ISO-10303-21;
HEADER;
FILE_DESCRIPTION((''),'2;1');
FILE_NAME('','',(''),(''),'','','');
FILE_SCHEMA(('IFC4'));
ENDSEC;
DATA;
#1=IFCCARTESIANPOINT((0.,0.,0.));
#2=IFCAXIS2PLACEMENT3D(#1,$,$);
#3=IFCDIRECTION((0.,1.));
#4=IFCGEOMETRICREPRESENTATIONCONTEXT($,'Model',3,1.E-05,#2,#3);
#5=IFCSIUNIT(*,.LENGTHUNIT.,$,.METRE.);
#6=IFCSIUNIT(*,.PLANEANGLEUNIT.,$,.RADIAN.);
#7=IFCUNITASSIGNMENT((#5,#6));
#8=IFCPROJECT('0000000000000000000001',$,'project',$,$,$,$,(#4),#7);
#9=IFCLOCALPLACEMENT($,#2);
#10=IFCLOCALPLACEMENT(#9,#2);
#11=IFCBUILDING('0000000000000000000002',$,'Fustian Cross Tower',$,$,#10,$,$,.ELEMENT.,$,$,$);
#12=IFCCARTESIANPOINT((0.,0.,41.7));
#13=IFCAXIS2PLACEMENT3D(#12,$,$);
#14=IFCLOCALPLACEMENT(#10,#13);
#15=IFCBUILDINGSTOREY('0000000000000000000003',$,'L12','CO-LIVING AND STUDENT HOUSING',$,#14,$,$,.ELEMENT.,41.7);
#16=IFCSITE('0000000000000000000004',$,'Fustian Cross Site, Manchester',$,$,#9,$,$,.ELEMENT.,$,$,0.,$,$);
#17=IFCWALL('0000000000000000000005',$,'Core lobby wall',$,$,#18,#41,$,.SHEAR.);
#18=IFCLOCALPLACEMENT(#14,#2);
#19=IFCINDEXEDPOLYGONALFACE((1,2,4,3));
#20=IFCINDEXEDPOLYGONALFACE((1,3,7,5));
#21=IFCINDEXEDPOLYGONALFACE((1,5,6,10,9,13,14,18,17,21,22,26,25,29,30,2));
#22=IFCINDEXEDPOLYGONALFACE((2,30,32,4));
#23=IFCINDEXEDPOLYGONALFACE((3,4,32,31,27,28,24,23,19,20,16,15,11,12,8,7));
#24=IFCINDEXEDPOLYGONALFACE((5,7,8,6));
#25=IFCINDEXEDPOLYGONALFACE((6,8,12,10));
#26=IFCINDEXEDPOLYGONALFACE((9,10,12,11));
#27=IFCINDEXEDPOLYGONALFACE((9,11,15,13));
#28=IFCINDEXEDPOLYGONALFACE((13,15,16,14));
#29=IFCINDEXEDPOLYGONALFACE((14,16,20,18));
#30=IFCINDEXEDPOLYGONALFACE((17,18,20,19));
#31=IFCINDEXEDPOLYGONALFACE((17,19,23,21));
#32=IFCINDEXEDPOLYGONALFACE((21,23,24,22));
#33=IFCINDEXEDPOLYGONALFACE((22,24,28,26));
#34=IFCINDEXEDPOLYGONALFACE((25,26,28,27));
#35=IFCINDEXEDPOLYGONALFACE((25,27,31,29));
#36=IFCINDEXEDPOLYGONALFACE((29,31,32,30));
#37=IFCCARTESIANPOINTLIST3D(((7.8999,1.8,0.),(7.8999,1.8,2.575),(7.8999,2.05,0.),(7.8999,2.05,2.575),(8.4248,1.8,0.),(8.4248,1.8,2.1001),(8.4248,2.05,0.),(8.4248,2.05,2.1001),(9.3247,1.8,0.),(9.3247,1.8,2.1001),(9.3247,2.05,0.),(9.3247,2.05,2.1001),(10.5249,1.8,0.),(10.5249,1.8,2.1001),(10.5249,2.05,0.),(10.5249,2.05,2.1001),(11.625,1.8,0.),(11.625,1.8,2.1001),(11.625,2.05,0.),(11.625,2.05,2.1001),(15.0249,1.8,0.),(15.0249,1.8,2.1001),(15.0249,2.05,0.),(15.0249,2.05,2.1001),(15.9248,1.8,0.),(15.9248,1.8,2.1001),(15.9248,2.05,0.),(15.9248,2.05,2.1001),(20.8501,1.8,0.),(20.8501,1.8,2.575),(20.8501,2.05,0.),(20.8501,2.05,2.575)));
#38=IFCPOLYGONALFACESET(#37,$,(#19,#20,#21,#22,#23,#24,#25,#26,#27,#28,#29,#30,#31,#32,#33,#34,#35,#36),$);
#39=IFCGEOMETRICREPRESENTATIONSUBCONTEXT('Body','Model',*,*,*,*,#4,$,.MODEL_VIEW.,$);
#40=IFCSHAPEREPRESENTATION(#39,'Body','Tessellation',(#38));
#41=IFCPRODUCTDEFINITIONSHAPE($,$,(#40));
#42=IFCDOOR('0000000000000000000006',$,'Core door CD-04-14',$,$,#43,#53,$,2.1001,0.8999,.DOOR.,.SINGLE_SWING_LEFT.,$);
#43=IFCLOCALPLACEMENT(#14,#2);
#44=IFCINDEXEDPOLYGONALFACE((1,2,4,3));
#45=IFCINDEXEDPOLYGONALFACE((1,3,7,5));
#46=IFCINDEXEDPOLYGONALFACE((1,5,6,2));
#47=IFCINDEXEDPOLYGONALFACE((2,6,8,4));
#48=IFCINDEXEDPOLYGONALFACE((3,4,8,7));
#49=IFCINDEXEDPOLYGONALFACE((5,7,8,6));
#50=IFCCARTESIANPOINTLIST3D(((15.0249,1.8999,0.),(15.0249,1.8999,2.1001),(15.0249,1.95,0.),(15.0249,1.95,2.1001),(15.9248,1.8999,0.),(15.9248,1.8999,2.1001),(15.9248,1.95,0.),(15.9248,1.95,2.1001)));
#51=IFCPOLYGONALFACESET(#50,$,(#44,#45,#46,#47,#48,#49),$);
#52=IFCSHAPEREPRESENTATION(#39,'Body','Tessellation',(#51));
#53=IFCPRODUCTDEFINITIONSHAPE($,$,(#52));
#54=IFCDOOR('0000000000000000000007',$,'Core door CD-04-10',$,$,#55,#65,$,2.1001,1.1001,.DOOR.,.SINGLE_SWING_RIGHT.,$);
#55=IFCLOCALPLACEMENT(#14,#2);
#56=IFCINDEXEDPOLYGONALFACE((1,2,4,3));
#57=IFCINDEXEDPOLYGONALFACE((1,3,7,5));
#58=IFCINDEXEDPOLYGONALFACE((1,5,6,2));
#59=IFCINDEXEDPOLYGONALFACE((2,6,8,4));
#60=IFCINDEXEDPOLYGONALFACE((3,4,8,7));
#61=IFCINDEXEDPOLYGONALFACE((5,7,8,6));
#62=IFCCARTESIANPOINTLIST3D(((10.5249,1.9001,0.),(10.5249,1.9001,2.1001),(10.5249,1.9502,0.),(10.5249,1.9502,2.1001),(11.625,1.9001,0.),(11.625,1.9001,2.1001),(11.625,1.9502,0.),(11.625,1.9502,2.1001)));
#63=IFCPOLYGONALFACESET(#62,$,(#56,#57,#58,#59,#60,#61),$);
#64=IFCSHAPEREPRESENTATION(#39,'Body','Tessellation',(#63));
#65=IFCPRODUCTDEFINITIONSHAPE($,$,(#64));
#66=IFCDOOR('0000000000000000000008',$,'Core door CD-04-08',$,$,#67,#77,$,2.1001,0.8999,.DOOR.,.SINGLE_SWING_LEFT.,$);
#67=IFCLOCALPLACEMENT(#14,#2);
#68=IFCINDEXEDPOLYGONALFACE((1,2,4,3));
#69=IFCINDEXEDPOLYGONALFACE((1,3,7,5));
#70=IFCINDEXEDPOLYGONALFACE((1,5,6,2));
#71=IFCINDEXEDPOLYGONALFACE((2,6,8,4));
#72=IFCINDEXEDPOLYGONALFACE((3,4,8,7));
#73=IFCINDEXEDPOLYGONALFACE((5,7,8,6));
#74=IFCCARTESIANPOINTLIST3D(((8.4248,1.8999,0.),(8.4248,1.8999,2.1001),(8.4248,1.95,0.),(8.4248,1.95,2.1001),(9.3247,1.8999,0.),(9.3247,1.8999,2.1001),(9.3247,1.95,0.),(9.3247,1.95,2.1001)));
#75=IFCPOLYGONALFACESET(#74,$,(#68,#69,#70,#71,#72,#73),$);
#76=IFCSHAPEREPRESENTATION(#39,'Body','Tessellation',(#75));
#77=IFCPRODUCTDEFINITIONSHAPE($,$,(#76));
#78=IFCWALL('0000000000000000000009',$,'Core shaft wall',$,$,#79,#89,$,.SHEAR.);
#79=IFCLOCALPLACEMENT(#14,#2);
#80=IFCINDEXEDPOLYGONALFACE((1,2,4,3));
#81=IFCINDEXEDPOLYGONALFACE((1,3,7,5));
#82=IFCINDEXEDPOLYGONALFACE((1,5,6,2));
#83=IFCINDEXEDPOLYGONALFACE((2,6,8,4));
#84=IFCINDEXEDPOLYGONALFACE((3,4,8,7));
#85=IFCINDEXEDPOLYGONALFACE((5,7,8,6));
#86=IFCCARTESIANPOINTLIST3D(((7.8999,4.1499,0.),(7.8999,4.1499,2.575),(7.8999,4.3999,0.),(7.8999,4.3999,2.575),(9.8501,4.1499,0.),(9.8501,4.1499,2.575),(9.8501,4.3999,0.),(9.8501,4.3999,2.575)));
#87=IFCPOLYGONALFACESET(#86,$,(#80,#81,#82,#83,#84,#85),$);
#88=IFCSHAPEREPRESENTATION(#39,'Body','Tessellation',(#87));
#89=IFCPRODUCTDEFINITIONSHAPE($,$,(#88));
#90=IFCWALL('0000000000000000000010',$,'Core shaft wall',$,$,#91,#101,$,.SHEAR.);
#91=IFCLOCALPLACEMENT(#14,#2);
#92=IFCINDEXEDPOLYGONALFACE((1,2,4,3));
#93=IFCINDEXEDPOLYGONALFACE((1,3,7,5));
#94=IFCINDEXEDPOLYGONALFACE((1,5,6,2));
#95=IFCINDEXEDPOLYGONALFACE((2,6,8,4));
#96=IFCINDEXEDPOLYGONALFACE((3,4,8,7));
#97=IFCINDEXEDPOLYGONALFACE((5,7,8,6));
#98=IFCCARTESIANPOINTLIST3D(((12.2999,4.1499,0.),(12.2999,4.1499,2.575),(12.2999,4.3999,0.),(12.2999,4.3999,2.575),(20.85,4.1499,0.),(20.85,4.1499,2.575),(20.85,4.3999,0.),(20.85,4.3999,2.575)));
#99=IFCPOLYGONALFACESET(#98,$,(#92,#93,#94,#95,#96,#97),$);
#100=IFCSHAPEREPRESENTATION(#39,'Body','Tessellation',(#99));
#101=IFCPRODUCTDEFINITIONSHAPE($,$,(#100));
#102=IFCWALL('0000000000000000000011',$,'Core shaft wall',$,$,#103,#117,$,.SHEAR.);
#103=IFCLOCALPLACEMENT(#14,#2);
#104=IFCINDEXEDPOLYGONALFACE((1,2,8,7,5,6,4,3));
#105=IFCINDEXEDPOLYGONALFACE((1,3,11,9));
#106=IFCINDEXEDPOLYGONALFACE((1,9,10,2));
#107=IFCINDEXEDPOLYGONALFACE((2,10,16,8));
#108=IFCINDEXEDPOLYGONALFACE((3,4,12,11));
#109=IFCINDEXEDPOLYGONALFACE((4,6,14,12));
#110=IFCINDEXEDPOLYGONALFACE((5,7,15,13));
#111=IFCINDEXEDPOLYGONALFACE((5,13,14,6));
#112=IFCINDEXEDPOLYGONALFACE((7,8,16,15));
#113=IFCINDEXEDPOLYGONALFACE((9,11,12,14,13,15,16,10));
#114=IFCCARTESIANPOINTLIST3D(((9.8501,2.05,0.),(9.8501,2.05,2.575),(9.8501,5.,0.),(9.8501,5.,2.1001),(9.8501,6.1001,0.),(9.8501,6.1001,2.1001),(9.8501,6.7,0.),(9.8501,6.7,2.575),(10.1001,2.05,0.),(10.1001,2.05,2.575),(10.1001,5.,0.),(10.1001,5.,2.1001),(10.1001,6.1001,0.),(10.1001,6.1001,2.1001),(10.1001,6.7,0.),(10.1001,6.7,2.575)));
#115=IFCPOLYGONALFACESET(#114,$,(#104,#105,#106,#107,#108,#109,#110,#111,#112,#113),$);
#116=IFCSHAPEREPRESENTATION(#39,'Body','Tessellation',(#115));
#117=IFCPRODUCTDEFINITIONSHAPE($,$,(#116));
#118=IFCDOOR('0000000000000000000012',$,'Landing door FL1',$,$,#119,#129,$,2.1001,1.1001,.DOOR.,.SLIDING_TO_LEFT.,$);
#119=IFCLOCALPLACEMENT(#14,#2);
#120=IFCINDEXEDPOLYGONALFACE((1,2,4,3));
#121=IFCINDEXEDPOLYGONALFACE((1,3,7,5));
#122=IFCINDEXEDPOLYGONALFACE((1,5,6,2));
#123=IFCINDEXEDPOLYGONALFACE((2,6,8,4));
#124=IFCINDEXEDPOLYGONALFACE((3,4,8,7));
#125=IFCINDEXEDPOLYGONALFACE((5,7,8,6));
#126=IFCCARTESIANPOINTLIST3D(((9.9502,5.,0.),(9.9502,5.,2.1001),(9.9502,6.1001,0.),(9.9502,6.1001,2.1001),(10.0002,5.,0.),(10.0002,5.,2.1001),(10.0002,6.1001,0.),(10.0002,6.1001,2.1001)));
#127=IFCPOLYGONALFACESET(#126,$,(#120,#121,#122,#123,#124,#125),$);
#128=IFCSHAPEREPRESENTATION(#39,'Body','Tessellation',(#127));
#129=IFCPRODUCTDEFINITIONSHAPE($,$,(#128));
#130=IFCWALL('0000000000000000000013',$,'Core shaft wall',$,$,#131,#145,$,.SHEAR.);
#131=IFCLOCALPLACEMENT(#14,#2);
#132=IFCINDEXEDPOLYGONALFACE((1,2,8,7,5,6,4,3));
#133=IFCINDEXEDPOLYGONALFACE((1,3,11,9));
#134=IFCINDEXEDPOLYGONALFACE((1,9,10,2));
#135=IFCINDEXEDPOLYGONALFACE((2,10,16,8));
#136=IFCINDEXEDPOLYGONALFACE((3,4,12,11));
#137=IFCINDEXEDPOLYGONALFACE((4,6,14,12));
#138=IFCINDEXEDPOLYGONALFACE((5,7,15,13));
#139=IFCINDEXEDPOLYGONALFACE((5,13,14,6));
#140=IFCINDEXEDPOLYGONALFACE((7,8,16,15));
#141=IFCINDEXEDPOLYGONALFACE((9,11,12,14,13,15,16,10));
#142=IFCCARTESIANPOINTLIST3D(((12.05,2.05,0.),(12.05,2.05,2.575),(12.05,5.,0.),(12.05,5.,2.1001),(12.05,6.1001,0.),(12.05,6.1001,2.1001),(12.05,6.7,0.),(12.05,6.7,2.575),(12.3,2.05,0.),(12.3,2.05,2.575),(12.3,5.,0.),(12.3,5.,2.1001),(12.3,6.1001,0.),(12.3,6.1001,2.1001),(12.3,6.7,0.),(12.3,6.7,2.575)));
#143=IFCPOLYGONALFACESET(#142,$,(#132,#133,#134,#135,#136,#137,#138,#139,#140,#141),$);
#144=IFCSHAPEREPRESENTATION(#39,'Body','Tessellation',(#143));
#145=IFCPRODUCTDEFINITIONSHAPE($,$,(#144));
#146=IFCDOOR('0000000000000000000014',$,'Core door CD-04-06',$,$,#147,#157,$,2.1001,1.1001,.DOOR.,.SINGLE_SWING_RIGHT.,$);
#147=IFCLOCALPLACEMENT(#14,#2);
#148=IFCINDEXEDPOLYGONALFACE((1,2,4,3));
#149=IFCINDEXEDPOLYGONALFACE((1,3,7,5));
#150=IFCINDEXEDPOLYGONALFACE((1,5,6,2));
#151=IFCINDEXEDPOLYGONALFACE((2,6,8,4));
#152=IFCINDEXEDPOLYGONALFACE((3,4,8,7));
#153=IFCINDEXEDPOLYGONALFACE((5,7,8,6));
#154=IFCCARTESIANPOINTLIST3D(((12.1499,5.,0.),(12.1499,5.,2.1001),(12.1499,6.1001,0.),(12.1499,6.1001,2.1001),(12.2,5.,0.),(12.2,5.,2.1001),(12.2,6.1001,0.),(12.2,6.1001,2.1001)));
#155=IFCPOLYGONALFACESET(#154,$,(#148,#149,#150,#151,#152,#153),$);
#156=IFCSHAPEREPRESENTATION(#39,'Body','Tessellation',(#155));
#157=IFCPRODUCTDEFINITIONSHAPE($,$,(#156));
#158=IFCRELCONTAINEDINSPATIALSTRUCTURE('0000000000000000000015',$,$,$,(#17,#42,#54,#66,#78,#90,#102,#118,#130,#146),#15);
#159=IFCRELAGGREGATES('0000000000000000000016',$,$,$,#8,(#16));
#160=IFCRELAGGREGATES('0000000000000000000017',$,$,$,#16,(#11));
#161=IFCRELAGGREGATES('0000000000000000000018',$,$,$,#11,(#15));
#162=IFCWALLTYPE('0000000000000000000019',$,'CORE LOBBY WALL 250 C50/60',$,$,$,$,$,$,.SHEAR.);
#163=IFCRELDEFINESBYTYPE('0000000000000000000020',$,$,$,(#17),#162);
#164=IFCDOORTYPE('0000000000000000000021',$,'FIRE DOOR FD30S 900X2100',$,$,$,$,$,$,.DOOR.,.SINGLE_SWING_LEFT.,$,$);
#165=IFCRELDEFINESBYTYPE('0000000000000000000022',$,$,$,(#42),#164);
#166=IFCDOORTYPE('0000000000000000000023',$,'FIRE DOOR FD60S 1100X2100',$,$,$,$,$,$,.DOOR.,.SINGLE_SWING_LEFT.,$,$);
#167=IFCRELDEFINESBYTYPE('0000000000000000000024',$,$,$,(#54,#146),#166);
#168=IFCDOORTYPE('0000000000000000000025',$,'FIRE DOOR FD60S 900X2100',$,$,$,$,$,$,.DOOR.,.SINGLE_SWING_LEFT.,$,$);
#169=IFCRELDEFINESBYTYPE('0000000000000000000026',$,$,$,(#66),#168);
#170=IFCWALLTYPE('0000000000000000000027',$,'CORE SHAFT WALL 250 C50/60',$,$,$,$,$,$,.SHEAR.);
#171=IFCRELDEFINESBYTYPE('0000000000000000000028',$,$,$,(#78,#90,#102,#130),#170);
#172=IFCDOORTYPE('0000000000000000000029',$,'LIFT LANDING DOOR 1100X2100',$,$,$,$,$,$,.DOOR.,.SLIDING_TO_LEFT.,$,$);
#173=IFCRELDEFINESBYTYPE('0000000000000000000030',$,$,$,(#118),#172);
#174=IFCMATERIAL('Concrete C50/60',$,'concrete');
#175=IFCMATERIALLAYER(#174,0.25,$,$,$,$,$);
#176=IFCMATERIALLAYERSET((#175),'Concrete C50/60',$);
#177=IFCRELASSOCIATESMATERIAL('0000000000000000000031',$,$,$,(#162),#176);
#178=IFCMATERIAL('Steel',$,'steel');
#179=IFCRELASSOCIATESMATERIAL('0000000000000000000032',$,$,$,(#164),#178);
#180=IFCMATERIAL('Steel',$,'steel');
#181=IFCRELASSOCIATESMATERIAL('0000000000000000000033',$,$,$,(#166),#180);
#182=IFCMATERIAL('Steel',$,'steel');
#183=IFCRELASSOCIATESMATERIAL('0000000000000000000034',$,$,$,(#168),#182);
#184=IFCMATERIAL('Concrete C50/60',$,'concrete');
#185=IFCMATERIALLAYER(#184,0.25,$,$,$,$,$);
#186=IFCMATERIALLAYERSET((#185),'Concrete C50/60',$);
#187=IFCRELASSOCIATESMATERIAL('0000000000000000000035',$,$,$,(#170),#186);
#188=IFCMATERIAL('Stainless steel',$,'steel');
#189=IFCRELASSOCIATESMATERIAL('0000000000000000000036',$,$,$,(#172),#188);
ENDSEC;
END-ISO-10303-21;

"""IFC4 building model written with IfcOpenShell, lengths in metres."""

from ifc_helpers import new_model, si_unit, direction, frame, frame_2d, origin, place, context, subcontext, project, spatial, rectangle, extrude, material, layer, layer_set, type_object, element, fill, save


model = new_model("IFC4")

# Units and contexts
model_context = context("Model", 3, precision=1e-05, world=origin(), true_north=direction((0.0, 1.0)))
body_context = subcontext(model_context, "Body", "Model", "MODEL_VIEW")
ifc_project = project(units=[si_unit("LENGTHUNIT", "METRE"), si_unit("PLANEANGLEUNIT", "RADIAN")], contexts=[model_context])

# Site, building, storey
site_placement = place(None, origin())
site = spatial("IfcSite", under=ifc_project, at=site_placement, Name="Fustian Cross Site, Manchester", CompositionType="ELEMENT", RefElevation=0.0)
building_placement = place(site_placement, origin())
building = spatial("IfcBuilding", under=site, at=building_placement, Name="Fustian Cross Tower", CompositionType="ELEMENT")
storey_placement = place(building_placement, frame((0.0, 0.0, 41.7)))
storey = spatial("IfcBuildingStorey", under=building, at=storey_placement, Name="L12", Description="CO-LIVING AND STUDENT HOUSING", CompositionType="ELEMENT", Elevation=41.7)

# Wall, openings, doors
ifc_material_1 = material(Name="Concrete C50/60", Category="concrete")
ifc_layer_1 = layer(ifc_material_1, 0.25)
ifc_layer_set_1 = layer_set([ifc_layer_1], Name="Concrete C50/60")
wall_type_1 = type_object("IfcWallType", Name="CORE LOBBY WALL 250 C50/60", PredefinedType="SHEAR", material=ifc_layer_set_1)
wall_1_placement = place(storey_placement, frame((7.8999, 1.925, 0.0), z_axis=(0.0, 0.0, 1.0), x_axis=(1.0, 0.0, 0.0)))
wall_1 = element("IfcWall", 1, at=wall_1_placement, inside=storey, type_object=wall_type_1, Name="Core lobby wall", PredefinedType="SHEAR", context=body_context, shape_type="SweptSolid", body=[
    extrude(rectangle(XDim=12.9502, YDim=0.25, at=frame_2d((6.4751, 0.0))), origin(), (0.0, 0.0, 1.0), 2.575),
])
opening_1_placement = place(wall_1_placement, frame((0.5249, 0.0, 0.0)))
opening_1 = element("IfcOpeningElement", 2, at=opening_1_placement, cuts=wall_1, PredefinedType="OPENING", context=body_context, shape_type="SweptSolid", body=[
    extrude(rectangle(XDim=0.8999, YDim=2.1001, at=frame_2d((0.45, 1.05))), frame((0.0, 0.135, 0.0), z_axis=(0.0, -1.0, 0.0), x_axis=(1.0, 0.0, 0.0)), (0.0, 0.0, 1.0), 0.27),
])
opening_2_placement = place(wall_1_placement, frame((2.625, 0.0, 0.0)))
opening_2 = element("IfcOpeningElement", 3, at=opening_2_placement, cuts=wall_1, PredefinedType="OPENING", context=body_context, shape_type="SweptSolid", body=[
    extrude(rectangle(XDim=1.1001, YDim=2.1001, at=frame_2d((0.55, 1.05))), frame((0.0, 0.135, 0.0), z_axis=(0.0, -1.0, 0.0), x_axis=(1.0, 0.0, 0.0)), (0.0, 0.0, 1.0), 0.27),
])
opening_3_placement = place(wall_1_placement, frame((7.125, 0.0, 0.0)))
opening_3 = element("IfcOpeningElement", 4, at=opening_3_placement, cuts=wall_1, PredefinedType="OPENING", context=body_context, shape_type="SweptSolid", body=[
    extrude(rectangle(XDim=0.8999, YDim=2.1001, at=frame_2d((0.45, 1.05))), frame((0.0, 0.135, 0.0), z_axis=(0.0, -1.0, 0.0), x_axis=(1.0, 0.0, 0.0)), (0.0, 0.0, 1.0), 0.27),
])
ifc_material_2 = material(Name="Steel", Category="steel")
door_type_1 = type_object("IfcDoorType", Name="FIRE DOOR FD30S 900X2100", OperationType="SINGLE_SWING_LEFT", PredefinedType="DOOR", material=ifc_material_2)
door_1_placement = place(opening_3_placement, origin())
door_1 = element("IfcDoor", 5, at=door_1_placement, inside=storey, type_object=door_type_1, Name="Core door CD-04-14", OperationType="SINGLE_SWING_LEFT", OverallHeight=2.1001, OverallWidth=0.8999, PredefinedType="DOOR", context=body_context, shape_type="SweptSolid", body=[
    extrude(rectangle(XDim=0.8999, YDim=2.1001, at=frame_2d((0.45, 1.05))), frame((0.0, 0.0249, 0.0), z_axis=(0.0, -1.0, 0.0), x_axis=(1.0, 0.0, 0.0)), (0.0, 0.0, 1.0), 0.05),
])
fill(opening_3, door_1)
ifc_material_3 = material(Name="Steel", Category="steel")
door_type_2 = type_object("IfcDoorType", Name="FIRE DOOR FD60S 1100X2100", OperationType="SINGLE_SWING_LEFT", PredefinedType="DOOR", material=ifc_material_3)
door_2_placement = place(opening_2_placement, frame((1.1001, 0.0, 0.0), z_axis=(0.0, 0.0, 1.0), x_axis=(-1.0, 0.0, 0.0)))
door_2 = element("IfcDoor", 6, at=door_2_placement, inside=storey, type_object=door_type_2, Name="Core door CD-04-10", OperationType="SINGLE_SWING_RIGHT", OverallHeight=2.1001, OverallWidth=1.1001, PredefinedType="DOOR", context=body_context, shape_type="SweptSolid", body=[
    extrude(rectangle(XDim=1.1001, YDim=2.1001, at=frame_2d((0.55, 1.05))), frame((0.0, 0.0249, 0.0), z_axis=(0.0, -1.0, 0.0), x_axis=(1.0, 0.0, 0.0)), (0.0, 0.0, 1.0), 0.05),
])
fill(opening_2, door_2)
ifc_material_4 = material(Name="Steel", Category="steel")
door_type_3 = type_object("IfcDoorType", Name="FIRE DOOR FD60S 900X2100", OperationType="SINGLE_SWING_LEFT", PredefinedType="DOOR", material=ifc_material_4)
door_3_placement = place(opening_1_placement, origin())
door_3 = element("IfcDoor", 7, at=door_3_placement, inside=storey, type_object=door_type_3, Name="Core door CD-04-08", OperationType="SINGLE_SWING_LEFT", OverallHeight=2.1001, OverallWidth=0.8999, PredefinedType="DOOR", context=body_context, shape_type="SweptSolid", body=[
    extrude(rectangle(XDim=0.8999, YDim=2.1001, at=frame_2d((0.45, 1.05))), frame((0.0, 0.0249, 0.0), z_axis=(0.0, -1.0, 0.0), x_axis=(1.0, 0.0, 0.0)), (0.0, 0.0, 1.0), 0.05),
])
fill(opening_1, door_3)

# Walls
ifc_material_5 = material(Name="Concrete C50/60", Category="concrete")
ifc_layer_2 = layer(ifc_material_5, 0.25)
ifc_layer_set_2 = layer_set([ifc_layer_2], Name="Concrete C50/60")
wall_type_2 = type_object("IfcWallType", Name="CORE SHAFT WALL 250 C50/60", PredefinedType="SHEAR", material=ifc_layer_set_2)
wall_2_placement = place(storey_placement, frame((7.8999, 4.2749, 0.0), z_axis=(0.0, 0.0, 1.0), x_axis=(1.0, 0.0, 0.0)))
element("IfcWall", 8, at=wall_2_placement, inside=storey, type_object=wall_type_2, Name="Core shaft wall", PredefinedType="SHEAR", context=body_context, shape_type="SweptSolid", body=[
    extrude(rectangle(XDim=1.9502, YDim=0.25, at=frame_2d((0.9751, 0.0))), origin(), (0.0, 0.0, 1.0), 2.575),
])
wall_3_placement = place(storey_placement, frame((12.3, 4.2749, 0.0), z_axis=(0.0, 0.0, 1.0), x_axis=(1.0, 0.0, 0.0)))
element("IfcWall", 9, at=wall_3_placement, inside=storey, type_object=wall_type_2, Name="Core shaft wall", PredefinedType="SHEAR", context=body_context, shape_type="SweptSolid", body=[
    extrude(rectangle(XDim=8.55, YDim=0.25, at=frame_2d((4.2749, 0.0))), origin(), (0.0, 0.0, 1.0), 2.575),
])

# Walls, openings, doors
wall_4_placement = place(storey_placement, frame((9.9751, 2.05, 0.0), z_axis=(0.0, 0.0, 1.0), x_axis=(0.0, 1.0, 0.0)))
wall_4 = element("IfcWall", 10, at=wall_4_placement, inside=storey, type_object=wall_type_2, Name="Core shaft wall", PredefinedType="SHEAR", context=body_context, shape_type="SweptSolid", body=[
    extrude(rectangle(XDim=4.6499, YDim=0.25, at=frame_2d((2.325, 0.0))), origin(), (0.0, 0.0, 1.0), 2.575),
])
opening_4_placement = place(wall_4_placement, frame((2.95, 0.0, 0.0)))
opening_4 = element("IfcOpeningElement", 11, at=opening_4_placement, cuts=wall_4, PredefinedType="OPENING", context=body_context, shape_type="SweptSolid", body=[
    extrude(rectangle(XDim=1.1001, YDim=2.1001, at=frame_2d((0.55, 1.05))), frame((0.0, 0.135, 0.0), z_axis=(0.0, -1.0, 0.0), x_axis=(1.0, 0.0, 0.0)), (0.0, 0.0, 1.0), 0.27),
])
ifc_material_6 = material(Name="Stainless steel", Category="steel")
door_type_4 = type_object("IfcDoorType", Name="LIFT LANDING DOOR 1100X2100", OperationType="SLIDING_TO_LEFT", PredefinedType="DOOR", material=ifc_material_6)
door_4_placement = place(opening_4_placement, origin())
door_4 = element("IfcDoor", 12, at=door_4_placement, inside=storey, type_object=door_type_4, Name="Landing door FL1", OperationType="SLIDING_TO_LEFT", OverallHeight=2.1001, OverallWidth=1.1001, PredefinedType="DOOR", context=body_context, shape_type="SweptSolid", body=[
    extrude(rectangle(XDim=1.1001, YDim=2.1001, at=frame_2d((0.55, 1.05))), frame((0.0, 0.0249, 0.0), z_axis=(0.0, -1.0, 0.0), x_axis=(1.0, 0.0, 0.0)), (0.0, 0.0, 1.0), 0.05),
])
fill(opening_4, door_4)
wall_5_placement = place(storey_placement, frame((12.175, 2.05, 0.0), z_axis=(0.0, 0.0, 1.0), x_axis=(0.0, 1.0, 0.0)))
wall_5 = element("IfcWall", 13, at=wall_5_placement, inside=storey, type_object=wall_type_2, Name="Core shaft wall", PredefinedType="SHEAR", context=body_context, shape_type="SweptSolid", body=[
    extrude(rectangle(XDim=4.6499, YDim=0.25, at=frame_2d((2.325, 0.0))), origin(), (0.0, 0.0, 1.0), 2.575),
])
opening_5_placement = place(wall_5_placement, frame((2.95, 0.0, 0.0)))
opening_5 = element("IfcOpeningElement", 14, at=opening_5_placement, cuts=wall_5, PredefinedType="OPENING", context=body_context, shape_type="SweptSolid", body=[
    extrude(rectangle(XDim=1.1001, YDim=2.1001, at=frame_2d((0.55, 1.05))), frame((0.0, 0.135, 0.0), z_axis=(0.0, -1.0, 0.0), x_axis=(1.0, 0.0, 0.0)), (0.0, 0.0, 1.0), 0.27),
])
door_5_placement = place(opening_5_placement, frame((1.1001, 0.0, 0.0), z_axis=(0.0, 0.0, 1.0), x_axis=(-1.0, 0.0, 0.0)))
door_5 = element("IfcDoor", 15, at=door_5_placement, inside=storey, type_object=door_type_2, Name="Core door CD-04-06", OperationType="SINGLE_SWING_RIGHT", OverallHeight=2.1001, OverallWidth=1.1001, PredefinedType="DOOR", context=body_context, shape_type="SweptSolid", body=[
    extrude(rectangle(XDim=1.1001, YDim=2.1001, at=frame_2d((0.55, 1.05))), frame((0.0, 0.0249, 0.0), z_axis=(0.0, -1.0, 0.0), x_axis=(1.0, 0.0, 0.0)), (0.0, 0.0, 1.0), 0.05),
])
fill(opening_5, door_5)

save(model, "model.ifc")
